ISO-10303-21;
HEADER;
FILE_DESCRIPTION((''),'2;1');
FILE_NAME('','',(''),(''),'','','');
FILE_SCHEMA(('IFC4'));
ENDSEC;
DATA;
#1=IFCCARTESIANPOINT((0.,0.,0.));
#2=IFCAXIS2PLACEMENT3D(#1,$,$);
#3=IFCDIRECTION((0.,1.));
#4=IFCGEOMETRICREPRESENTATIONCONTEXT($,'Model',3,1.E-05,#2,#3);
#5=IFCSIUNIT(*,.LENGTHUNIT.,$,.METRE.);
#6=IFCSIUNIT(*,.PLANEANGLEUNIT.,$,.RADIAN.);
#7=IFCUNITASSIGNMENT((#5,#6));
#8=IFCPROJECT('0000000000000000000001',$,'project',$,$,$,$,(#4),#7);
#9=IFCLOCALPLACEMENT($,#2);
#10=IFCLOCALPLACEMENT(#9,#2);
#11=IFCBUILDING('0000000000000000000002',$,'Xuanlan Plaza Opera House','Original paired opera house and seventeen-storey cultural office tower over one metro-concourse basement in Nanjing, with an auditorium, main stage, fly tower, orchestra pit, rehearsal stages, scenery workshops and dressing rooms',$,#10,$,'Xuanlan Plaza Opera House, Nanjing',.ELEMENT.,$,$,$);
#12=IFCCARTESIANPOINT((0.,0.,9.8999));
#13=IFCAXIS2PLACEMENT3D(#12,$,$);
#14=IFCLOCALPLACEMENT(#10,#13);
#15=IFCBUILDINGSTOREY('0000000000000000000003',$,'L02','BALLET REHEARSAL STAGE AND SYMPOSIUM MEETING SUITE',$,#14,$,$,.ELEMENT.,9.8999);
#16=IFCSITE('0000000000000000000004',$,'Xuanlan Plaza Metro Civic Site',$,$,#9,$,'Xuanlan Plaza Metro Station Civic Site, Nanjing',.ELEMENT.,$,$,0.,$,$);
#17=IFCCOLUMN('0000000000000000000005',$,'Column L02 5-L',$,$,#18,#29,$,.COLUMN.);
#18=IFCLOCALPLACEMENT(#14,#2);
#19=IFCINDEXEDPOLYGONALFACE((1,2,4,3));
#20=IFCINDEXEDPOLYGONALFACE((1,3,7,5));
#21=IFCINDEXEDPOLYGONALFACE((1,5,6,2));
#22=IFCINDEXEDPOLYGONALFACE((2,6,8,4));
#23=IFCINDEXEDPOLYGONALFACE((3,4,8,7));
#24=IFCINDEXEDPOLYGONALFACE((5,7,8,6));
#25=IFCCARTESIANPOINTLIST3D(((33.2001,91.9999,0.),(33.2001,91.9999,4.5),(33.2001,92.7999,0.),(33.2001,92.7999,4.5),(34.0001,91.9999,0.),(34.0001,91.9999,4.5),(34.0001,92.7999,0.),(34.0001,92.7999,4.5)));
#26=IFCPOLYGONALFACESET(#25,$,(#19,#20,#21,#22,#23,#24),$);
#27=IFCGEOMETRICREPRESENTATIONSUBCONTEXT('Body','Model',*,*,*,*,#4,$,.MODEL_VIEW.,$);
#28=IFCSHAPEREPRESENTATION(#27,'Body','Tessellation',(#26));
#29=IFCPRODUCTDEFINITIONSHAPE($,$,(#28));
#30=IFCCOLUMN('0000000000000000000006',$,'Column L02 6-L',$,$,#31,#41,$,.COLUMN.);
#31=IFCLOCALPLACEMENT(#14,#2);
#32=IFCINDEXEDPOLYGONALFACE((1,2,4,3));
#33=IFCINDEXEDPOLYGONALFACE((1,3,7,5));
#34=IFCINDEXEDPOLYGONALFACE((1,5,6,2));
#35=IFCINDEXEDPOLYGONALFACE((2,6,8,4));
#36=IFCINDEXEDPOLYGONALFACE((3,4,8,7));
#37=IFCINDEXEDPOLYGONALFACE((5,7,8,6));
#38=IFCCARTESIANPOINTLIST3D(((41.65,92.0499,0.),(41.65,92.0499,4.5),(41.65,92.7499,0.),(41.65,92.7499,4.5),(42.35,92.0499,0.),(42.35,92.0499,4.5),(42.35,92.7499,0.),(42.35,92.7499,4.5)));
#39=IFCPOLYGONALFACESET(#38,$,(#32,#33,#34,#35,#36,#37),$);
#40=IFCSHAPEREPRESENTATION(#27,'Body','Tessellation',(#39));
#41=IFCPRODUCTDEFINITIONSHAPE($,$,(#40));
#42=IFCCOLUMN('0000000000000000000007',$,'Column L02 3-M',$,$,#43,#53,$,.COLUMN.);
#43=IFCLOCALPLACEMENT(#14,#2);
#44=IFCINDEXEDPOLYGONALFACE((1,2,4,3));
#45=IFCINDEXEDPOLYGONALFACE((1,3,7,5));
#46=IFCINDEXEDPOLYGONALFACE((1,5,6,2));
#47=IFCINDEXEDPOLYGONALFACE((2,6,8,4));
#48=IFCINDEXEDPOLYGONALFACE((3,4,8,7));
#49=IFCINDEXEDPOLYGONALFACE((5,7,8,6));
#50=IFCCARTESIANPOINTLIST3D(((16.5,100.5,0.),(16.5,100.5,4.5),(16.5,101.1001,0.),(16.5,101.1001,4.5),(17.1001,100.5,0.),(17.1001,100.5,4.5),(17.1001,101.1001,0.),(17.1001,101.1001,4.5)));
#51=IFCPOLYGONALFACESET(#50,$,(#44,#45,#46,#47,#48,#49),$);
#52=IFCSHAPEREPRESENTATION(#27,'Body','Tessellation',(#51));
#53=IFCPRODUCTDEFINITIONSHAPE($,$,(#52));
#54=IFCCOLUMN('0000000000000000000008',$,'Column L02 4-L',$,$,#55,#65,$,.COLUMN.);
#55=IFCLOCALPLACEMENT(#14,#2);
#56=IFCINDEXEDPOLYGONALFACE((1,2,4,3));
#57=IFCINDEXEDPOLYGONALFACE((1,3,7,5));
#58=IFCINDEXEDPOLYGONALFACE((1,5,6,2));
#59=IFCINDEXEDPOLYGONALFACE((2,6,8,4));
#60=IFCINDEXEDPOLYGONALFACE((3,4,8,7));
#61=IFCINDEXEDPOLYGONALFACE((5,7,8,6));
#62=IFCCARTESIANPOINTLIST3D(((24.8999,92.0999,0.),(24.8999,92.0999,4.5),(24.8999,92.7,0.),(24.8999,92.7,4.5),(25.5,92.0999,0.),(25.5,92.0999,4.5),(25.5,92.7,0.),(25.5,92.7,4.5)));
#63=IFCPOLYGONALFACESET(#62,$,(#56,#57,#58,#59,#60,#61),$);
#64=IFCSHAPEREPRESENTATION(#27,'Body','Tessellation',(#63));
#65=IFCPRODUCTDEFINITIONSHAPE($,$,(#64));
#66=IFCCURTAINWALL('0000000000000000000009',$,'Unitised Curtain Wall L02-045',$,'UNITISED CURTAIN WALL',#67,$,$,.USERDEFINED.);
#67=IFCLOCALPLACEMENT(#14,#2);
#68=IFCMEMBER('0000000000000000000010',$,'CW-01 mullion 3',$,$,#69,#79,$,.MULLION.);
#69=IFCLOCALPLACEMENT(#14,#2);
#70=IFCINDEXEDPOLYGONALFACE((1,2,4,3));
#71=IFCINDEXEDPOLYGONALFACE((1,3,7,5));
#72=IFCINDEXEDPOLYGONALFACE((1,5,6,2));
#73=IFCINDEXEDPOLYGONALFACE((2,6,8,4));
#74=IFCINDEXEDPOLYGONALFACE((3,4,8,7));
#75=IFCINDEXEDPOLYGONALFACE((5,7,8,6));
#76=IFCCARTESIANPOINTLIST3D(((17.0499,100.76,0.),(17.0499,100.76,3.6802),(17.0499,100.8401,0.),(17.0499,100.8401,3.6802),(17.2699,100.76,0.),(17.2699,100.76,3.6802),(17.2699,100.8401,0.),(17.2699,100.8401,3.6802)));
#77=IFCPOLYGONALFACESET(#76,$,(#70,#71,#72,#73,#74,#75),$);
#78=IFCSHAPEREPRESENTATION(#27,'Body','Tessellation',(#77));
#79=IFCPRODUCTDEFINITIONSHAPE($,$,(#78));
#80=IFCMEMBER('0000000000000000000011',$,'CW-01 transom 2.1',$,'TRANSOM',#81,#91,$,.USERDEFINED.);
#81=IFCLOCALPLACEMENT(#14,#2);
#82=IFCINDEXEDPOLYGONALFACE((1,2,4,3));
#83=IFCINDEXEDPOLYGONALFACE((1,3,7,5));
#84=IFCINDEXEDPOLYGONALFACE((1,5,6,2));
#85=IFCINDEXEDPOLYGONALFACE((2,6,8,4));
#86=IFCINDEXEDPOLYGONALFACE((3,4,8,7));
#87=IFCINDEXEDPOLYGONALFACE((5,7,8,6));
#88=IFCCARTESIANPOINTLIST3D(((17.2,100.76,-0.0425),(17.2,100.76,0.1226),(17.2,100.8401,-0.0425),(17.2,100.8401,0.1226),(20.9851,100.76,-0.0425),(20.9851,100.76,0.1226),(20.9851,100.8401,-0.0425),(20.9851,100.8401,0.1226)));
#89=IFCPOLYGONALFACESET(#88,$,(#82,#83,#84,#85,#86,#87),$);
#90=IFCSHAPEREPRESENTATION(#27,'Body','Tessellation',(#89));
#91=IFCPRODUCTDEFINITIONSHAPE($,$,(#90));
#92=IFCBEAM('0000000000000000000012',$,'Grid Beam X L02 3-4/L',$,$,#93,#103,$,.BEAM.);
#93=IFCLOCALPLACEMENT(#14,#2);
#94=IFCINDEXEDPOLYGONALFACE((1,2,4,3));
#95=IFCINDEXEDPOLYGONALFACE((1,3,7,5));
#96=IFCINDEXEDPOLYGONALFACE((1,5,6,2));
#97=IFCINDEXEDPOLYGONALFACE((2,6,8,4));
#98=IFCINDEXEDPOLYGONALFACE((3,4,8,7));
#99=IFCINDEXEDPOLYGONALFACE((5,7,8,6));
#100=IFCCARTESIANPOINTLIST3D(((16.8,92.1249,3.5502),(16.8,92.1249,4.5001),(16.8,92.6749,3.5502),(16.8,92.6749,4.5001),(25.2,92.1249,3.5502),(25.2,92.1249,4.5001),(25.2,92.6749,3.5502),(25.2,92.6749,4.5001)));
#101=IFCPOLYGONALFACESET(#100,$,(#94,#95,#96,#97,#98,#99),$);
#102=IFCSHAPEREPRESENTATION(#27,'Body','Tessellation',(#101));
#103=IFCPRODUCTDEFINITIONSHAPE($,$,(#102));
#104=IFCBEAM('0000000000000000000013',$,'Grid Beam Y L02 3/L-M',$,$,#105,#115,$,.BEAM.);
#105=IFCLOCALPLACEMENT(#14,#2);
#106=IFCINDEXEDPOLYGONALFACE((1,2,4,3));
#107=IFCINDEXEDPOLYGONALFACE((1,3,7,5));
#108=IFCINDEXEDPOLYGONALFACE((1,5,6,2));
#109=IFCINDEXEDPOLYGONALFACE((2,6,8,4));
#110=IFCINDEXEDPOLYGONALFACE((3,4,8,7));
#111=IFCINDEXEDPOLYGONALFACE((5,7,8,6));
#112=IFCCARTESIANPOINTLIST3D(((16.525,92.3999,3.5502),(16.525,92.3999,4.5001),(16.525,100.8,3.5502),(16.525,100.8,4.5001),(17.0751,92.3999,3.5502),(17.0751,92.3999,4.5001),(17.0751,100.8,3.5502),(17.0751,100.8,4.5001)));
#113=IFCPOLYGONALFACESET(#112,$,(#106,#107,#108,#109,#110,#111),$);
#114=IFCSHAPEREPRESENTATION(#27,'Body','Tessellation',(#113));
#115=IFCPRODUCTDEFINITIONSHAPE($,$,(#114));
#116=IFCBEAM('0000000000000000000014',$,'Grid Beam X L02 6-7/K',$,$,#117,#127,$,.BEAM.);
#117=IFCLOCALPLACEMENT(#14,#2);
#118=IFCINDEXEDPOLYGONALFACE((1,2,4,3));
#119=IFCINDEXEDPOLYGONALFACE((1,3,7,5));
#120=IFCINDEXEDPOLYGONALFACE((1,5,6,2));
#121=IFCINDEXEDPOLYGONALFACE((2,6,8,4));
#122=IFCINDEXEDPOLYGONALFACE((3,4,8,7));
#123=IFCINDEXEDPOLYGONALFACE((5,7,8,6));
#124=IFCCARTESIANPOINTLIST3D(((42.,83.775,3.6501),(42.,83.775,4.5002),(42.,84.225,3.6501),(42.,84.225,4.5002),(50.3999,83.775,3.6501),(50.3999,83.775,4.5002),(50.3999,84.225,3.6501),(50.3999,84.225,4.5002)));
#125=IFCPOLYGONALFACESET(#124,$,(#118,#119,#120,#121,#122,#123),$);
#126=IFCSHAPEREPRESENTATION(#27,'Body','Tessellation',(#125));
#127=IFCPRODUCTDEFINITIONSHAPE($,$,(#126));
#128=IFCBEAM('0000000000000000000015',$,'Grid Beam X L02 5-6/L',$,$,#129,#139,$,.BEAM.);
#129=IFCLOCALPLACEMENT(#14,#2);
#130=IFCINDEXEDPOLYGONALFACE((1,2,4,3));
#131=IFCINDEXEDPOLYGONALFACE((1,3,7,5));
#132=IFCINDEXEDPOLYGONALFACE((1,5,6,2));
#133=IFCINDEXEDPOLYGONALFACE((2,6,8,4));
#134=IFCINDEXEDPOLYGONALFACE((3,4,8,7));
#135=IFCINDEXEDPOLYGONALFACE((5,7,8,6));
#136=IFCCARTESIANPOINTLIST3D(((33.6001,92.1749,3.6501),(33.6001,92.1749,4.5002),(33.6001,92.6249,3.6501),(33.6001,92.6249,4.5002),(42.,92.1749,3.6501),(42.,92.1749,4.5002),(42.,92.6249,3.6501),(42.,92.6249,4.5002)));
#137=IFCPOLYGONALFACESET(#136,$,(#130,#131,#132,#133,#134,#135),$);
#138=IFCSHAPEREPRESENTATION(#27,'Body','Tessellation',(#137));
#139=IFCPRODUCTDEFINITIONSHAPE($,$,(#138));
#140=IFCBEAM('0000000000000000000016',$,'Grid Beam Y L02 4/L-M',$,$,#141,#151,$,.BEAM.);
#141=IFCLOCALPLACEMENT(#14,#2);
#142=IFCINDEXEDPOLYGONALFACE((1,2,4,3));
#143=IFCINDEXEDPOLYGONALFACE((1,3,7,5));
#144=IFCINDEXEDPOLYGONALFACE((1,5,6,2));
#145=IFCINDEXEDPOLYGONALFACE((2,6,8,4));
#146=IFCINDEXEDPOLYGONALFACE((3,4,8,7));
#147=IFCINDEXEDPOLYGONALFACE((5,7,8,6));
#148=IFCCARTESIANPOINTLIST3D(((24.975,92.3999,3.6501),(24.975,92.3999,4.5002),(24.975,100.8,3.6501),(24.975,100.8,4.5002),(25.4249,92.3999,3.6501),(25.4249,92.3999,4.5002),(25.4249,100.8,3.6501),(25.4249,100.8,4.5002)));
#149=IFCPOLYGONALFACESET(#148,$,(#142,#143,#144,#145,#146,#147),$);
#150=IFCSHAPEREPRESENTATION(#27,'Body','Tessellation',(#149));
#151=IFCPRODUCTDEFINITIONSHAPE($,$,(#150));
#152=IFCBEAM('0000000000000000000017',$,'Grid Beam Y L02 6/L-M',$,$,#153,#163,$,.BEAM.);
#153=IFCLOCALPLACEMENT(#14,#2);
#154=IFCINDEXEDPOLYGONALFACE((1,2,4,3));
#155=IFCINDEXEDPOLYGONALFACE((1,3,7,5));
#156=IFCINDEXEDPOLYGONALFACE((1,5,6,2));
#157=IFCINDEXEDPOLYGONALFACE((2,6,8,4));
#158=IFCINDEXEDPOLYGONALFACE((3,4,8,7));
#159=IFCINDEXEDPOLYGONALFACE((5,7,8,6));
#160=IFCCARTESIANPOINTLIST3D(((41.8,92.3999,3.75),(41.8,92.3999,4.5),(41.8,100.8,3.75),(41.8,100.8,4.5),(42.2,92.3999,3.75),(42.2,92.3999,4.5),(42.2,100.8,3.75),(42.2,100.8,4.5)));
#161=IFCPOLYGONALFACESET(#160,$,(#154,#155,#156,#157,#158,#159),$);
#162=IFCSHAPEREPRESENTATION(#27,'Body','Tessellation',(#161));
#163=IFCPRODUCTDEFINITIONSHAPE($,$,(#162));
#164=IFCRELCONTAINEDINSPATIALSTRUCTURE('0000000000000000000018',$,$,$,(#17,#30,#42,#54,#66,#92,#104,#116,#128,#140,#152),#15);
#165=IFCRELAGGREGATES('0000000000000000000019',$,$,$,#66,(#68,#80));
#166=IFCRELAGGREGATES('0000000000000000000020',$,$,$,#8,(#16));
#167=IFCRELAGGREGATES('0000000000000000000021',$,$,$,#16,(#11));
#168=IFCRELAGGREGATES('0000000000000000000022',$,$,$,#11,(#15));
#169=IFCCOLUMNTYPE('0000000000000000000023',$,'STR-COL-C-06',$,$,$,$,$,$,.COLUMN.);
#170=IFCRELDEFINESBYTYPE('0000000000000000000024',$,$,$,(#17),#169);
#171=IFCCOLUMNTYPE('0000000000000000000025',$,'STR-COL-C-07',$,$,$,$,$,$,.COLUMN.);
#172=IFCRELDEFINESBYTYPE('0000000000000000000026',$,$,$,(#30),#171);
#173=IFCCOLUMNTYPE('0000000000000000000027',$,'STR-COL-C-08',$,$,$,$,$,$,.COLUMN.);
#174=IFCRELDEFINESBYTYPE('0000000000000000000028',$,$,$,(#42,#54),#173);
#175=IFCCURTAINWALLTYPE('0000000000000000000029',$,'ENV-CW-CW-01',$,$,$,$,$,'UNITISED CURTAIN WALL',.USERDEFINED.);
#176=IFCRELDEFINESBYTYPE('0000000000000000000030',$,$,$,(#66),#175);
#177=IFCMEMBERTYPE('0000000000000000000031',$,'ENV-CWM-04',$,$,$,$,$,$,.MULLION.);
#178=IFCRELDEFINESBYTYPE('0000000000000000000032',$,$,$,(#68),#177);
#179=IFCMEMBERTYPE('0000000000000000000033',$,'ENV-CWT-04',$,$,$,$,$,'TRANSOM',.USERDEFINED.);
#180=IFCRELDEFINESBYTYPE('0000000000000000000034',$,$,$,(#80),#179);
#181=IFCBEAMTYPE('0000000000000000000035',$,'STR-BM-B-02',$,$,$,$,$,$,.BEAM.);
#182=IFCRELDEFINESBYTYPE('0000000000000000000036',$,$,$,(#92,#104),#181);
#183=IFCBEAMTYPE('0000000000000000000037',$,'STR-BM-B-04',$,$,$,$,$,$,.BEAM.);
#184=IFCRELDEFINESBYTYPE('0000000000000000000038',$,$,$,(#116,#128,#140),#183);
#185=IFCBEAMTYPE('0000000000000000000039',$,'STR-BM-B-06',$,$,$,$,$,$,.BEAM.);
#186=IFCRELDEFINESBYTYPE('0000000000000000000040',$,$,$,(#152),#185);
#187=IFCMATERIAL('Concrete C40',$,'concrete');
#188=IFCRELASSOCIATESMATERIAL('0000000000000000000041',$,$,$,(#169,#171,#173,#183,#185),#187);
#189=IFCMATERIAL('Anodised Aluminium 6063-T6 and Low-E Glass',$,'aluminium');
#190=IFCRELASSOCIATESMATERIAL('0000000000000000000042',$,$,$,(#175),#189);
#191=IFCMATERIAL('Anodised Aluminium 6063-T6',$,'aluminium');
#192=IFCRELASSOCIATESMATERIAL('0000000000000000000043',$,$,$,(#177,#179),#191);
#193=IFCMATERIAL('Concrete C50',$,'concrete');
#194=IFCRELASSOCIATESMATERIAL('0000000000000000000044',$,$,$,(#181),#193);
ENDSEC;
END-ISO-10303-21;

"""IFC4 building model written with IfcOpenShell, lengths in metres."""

from ifc_helpers import new_model, si_unit, direction, frame, origin, origin_2d, place, context, subcontext, project, spatial, rectangle, extrude, material, material_profile, profile_set, type_object, element, aggregate, save


model = new_model("IFC4")

# Units and contexts
model_context = context("Model", 3, precision=1e-05, world=origin(), true_north=direction((0.0, 1.0)))
body_context = subcontext(model_context, "Body", "Model", "MODEL_VIEW")
ifc_project = project(units=[si_unit("LENGTHUNIT", "METRE"), si_unit("PLANEANGLEUNIT", "RADIAN")], contexts=[model_context])

# Site, building, storey
site_placement = place(None, origin())
site = spatial("IfcSite", under=ifc_project, at=site_placement, Name="Xuanlan Plaza Metro Civic Site", LongName="Xuanlan Plaza Metro Station Civic Site, Nanjing", CompositionType="ELEMENT", RefElevation=0.0)
building_placement = place(site_placement, origin())
building = spatial("IfcBuilding", under=site, at=building_placement, Name="Xuanlan Plaza Opera House", Description="Original paired opera house and seventeen-storey cultural office tower over one metro-concourse basement in Nanjing, with an auditorium, main stage, fly tower, orchestra pit, rehearsal stages, scenery workshops and dressing rooms", LongName="Xuanlan Plaza Opera House, Nanjing", CompositionType="ELEMENT")
storey_placement = place(building_placement, frame((0.0, 0.0, 9.8999)))
storey = spatial("IfcBuildingStorey", under=building, at=storey_placement, Name="L02", Description="BALLET REHEARSAL STAGE AND SYMPOSIUM MEETING SUITE", CompositionType="ELEMENT", Elevation=9.8999)

# Columns
ifc_material_1 = material(Name="Concrete C40", Category="concrete")
ifc_material_profile_1 = material_profile(ifc_material_1, rectangle(XDim=0.8, YDim=0.8, at=origin_2d()), Name="RC-COL 800x800")
ifc_profile_set_1 = profile_set([ifc_material_profile_1], Name="Concrete C40")
column_type_1 = type_object("IfcColumnType", Name="STR-COL-C-06", PredefinedType="COLUMN", material=ifc_profile_set_1)
column_1_placement = place(storey_placement, frame((33.6001, 92.3999, 0.0), z_axis=(0.0, 0.0, 1.0), x_axis=(1.0, 0.0, 0.0)))
element("IfcColumn", 1, at=column_1_placement, inside=storey, type_object=column_type_1, Name="Column L02 5-L", PredefinedType="COLUMN", context=body_context, shape_type="SweptSolid", body=[
    extrude(rectangle(XDim=0.8, YDim=0.8, at=origin_2d()), origin(), (0.0, 0.0, 1.0), 4.5),
])
ifc_material_profile_2 = material_profile(ifc_material_1, rectangle(XDim=0.7, YDim=0.7, at=origin_2d()), Name="RC-COL 700x700")
ifc_profile_set_2 = profile_set([ifc_material_profile_2], Name="Concrete C40")
column_type_2 = type_object("IfcColumnType", Name="STR-COL-C-07", PredefinedType="COLUMN", material=ifc_profile_set_2)
column_2_placement = place(storey_placement, frame((42.0, 92.3999, 0.0), z_axis=(0.0, 0.0, 1.0), x_axis=(1.0, 0.0, 0.0)))
element("IfcColumn", 2, at=column_2_placement, inside=storey, type_object=column_type_2, Name="Column L02 6-L", PredefinedType="COLUMN", context=body_context, shape_type="SweptSolid", body=[
    extrude(rectangle(XDim=0.7, YDim=0.7, at=origin_2d()), origin(), (0.0, 0.0, 1.0), 4.5),
])
ifc_material_profile_3 = material_profile(ifc_material_1, rectangle(XDim=0.6001, YDim=0.6001, at=origin_2d()), Name="RC-COL 600x600")
ifc_profile_set_3 = profile_set([ifc_material_profile_3], Name="Concrete C40")
column_type_3 = type_object("IfcColumnType", Name="STR-COL-C-08", PredefinedType="COLUMN", material=ifc_profile_set_3)
for number, where, z_axis, x_axis, name in (
    (3, (16.8, 100.8, 0.0), (0.0, 0.0, 1.0), (1.0, 0.0, 0.0), "Column L02 3-M"),
    (4, (25.2, 92.3999, 0.0), (0.0, 0.0, 1.0), (1.0, 0.0, 0.0), "Column L02 4-L"),
):
    element("IfcColumn", number, at=place(storey_placement, frame(where, z_axis=z_axis, x_axis=x_axis)), inside=storey, type_object=column_type_3, Name=name, PredefinedType="COLUMN", context=body_context, shape_type="SweptSolid", body=[
        extrude(rectangle(XDim=0.6001, YDim=0.6001, at=origin_2d()), origin(), (0.0, 0.0, 1.0), 4.5),
    ])

# Curtain wall, members
ifc_material_2 = material(Name="Anodised Aluminium 6063-T6 and Low-E Glass", Category="aluminium")
curtain_wall_type = type_object("IfcCurtainWallType", Name="ENV-CW-CW-01", ElementType="UNITISED CURTAIN WALL", PredefinedType="USERDEFINED", material=ifc_material_2)
curtain_wall_placement = place(storey_placement, origin())
curtain_wall = element("IfcCurtainWall", 5, at=curtain_wall_placement, inside=storey, type_object=curtain_wall_type, Name="Unitised Curtain Wall L02-045", ObjectType="UNITISED CURTAIN WALL", PredefinedType="USERDEFINED")
ifc_material_3 = material(Name="Anodised Aluminium 6063-T6", Category="aluminium")
ifc_material_profile_4 = material_profile(ifc_material_3, rectangle(XDim=0.0801, YDim=0.22, at=origin_2d()), Name="ALU-M 80x220")
ifc_profile_set_4 = profile_set([ifc_material_profile_4], Name="Anodised Aluminium 6063-T6")
member_type_1 = type_object("IfcMemberType", Name="ENV-CWM-04", PredefinedType="MULLION", material=ifc_profile_set_4)
member_1_placement = place(storey_placement, frame((17.1599, 100.8, 0.0), z_axis=(0.0, 0.0, 1.0), x_axis=(0.0, -1.0, 0.0)))
member_1 = element("IfcMember", 6, at=member_1_placement, type_object=member_type_1, Name="CW-01 mullion 3", PredefinedType="MULLION", context=body_context, shape_type="SweptSolid", body=[
    extrude(rectangle(XDim=0.0801, YDim=0.22, at=origin_2d()), origin(), (0.0, 0.0, 1.0), 3.6802),
])
ifc_material_profile_5 = material_profile(ifc_material_3, rectangle(XDim=0.0801, YDim=0.165, at=origin_2d()), Name="ALU-T 80x165")
ifc_profile_set_5 = profile_set([ifc_material_profile_5], Name="Anodised Aluminium 6063-T6")
member_type_2 = type_object("IfcMemberType", Name="ENV-CWT-04", ElementType="TRANSOM", PredefinedType="USERDEFINED", material=ifc_profile_set_5)
member_2_placement = place(storey_placement, frame((20.9851, 100.8, 0.04), z_axis=(-1.0, 0.0, 0.0), x_axis=(0.0, -1.0, 0.0)))
member_2 = element("IfcMember", 7, at=member_2_placement, type_object=member_type_2, Name="CW-01 transom 2.1", ObjectType="TRANSOM", PredefinedType="USERDEFINED", context=body_context, shape_type="SweptSolid", body=[
    extrude(rectangle(XDim=0.0801, YDim=0.165, at=origin_2d()), origin(), (0.0, 0.0, 1.0), 3.7852),
])

# Beams
ifc_material_4 = material(Name="Concrete C50", Category="concrete")
ifc_material_profile_6 = material_profile(ifc_material_4, rectangle(XDim=0.55, YDim=0.95, at=origin_2d()), Name="RC-BM 550x950")
ifc_profile_set_6 = profile_set([ifc_material_profile_6], Name="Concrete C50")
beam_type_1 = type_object("IfcBeamType", Name="STR-BM-B-02", PredefinedType="BEAM", material=ifc_profile_set_6)
beam_1_placement = place(storey_placement, frame((16.8, 92.3999, 4.0251), z_axis=(1.0, 0.0, 0.0), x_axis=(0.0, 1.0, 0.0)))
element("IfcBeam", 8, at=beam_1_placement, inside=storey, type_object=beam_type_1, Name="Grid Beam X L02 3-4/L", PredefinedType="BEAM", context=body_context, shape_type="SweptSolid", body=[
    extrude(rectangle(XDim=0.55, YDim=0.95, at=origin_2d()), origin(), (0.0, 0.0, 1.0), 8.3999),
])
beam_2_placement = place(storey_placement, frame((16.8, 92.3999, 4.0251), z_axis=(0.0, 1.0, 0.0), x_axis=(-1.0, 0.0, 0.0)))
element("IfcBeam", 9, at=beam_2_placement, inside=storey, type_object=beam_type_1, Name="Grid Beam Y L02 3/L-M", PredefinedType="BEAM", context=body_context, shape_type="SweptSolid", body=[
    extrude(rectangle(XDim=0.55, YDim=0.95, at=origin_2d()), origin(), (0.0, 0.0, 1.0), 8.4001),
])
ifc_material_profile_7 = material_profile(ifc_material_1, rectangle(XDim=0.45, YDim=0.8501, at=origin_2d()), Name="RC-BM 450x850")
ifc_profile_set_7 = profile_set([ifc_material_profile_7], Name="Concrete C40")
beam_type_2 = type_object("IfcBeamType", Name="STR-BM-B-04", PredefinedType="BEAM", material=ifc_profile_set_7)
for number, where, z_axis, x_axis, name in (
    (10, (42.0, 84.0, 4.0752), (1.0, 0.0, 0.0), (0.0, 1.0, 0.0), "Grid Beam X L02 6-7/K"),
    (11, (33.6001, 92.3999, 4.0752), (1.0, 0.0, 0.0), (0.0, 1.0, 0.0), "Grid Beam X L02 5-6/L"),
):
    element("IfcBeam", number, at=place(storey_placement, frame(where, z_axis=z_axis, x_axis=x_axis)), inside=storey, type_object=beam_type_2, Name=name, PredefinedType="BEAM", context=body_context, shape_type="SweptSolid", body=[
        extrude(rectangle(XDim=0.45, YDim=0.8501, at=origin_2d()), origin(), (0.0, 0.0, 1.0), 8.3999),
    ])
beam_3_placement = place(storey_placement, frame((25.2, 92.3999, 4.0752), z_axis=(0.0, 1.0, 0.0), x_axis=(-1.0, 0.0, 0.0)))
element("IfcBeam", 12, at=beam_3_placement, inside=storey, type_object=beam_type_2, Name="Grid Beam Y L02 4/L-M", PredefinedType="BEAM", context=body_context, shape_type="SweptSolid", body=[
    extrude(rectangle(XDim=0.45, YDim=0.8501, at=origin_2d()), origin(), (0.0, 0.0, 1.0), 8.4001),
])
ifc_material_profile_8 = material_profile(ifc_material_1, rectangle(XDim=0.3999, YDim=0.75, at=origin_2d()), Name="RC-BM 400x750")
ifc_profile_set_8 = profile_set([ifc_material_profile_8], Name="Concrete C40")
beam_type_3 = type_object("IfcBeamType", Name="STR-BM-B-06", PredefinedType="BEAM", material=ifc_profile_set_8)
beam_4_placement = place(storey_placement, frame((42.0, 92.3999, 4.125), z_axis=(0.0, 1.0, 0.0), x_axis=(-1.0, 0.0, 0.0)))
element("IfcBeam", 13, at=beam_4_placement, inside=storey, type_object=beam_type_3, Name="Grid Beam Y L02 6/L-M", PredefinedType="BEAM", context=body_context, shape_type="SweptSolid", body=[
    extrude(rectangle(XDim=0.3999, YDim=0.75, at=origin_2d()), origin(), (0.0, 0.0, 1.0), 8.4001),
])

aggregate(curtain_wall, [member_1, member_2])

save(model, "model.ifc")
